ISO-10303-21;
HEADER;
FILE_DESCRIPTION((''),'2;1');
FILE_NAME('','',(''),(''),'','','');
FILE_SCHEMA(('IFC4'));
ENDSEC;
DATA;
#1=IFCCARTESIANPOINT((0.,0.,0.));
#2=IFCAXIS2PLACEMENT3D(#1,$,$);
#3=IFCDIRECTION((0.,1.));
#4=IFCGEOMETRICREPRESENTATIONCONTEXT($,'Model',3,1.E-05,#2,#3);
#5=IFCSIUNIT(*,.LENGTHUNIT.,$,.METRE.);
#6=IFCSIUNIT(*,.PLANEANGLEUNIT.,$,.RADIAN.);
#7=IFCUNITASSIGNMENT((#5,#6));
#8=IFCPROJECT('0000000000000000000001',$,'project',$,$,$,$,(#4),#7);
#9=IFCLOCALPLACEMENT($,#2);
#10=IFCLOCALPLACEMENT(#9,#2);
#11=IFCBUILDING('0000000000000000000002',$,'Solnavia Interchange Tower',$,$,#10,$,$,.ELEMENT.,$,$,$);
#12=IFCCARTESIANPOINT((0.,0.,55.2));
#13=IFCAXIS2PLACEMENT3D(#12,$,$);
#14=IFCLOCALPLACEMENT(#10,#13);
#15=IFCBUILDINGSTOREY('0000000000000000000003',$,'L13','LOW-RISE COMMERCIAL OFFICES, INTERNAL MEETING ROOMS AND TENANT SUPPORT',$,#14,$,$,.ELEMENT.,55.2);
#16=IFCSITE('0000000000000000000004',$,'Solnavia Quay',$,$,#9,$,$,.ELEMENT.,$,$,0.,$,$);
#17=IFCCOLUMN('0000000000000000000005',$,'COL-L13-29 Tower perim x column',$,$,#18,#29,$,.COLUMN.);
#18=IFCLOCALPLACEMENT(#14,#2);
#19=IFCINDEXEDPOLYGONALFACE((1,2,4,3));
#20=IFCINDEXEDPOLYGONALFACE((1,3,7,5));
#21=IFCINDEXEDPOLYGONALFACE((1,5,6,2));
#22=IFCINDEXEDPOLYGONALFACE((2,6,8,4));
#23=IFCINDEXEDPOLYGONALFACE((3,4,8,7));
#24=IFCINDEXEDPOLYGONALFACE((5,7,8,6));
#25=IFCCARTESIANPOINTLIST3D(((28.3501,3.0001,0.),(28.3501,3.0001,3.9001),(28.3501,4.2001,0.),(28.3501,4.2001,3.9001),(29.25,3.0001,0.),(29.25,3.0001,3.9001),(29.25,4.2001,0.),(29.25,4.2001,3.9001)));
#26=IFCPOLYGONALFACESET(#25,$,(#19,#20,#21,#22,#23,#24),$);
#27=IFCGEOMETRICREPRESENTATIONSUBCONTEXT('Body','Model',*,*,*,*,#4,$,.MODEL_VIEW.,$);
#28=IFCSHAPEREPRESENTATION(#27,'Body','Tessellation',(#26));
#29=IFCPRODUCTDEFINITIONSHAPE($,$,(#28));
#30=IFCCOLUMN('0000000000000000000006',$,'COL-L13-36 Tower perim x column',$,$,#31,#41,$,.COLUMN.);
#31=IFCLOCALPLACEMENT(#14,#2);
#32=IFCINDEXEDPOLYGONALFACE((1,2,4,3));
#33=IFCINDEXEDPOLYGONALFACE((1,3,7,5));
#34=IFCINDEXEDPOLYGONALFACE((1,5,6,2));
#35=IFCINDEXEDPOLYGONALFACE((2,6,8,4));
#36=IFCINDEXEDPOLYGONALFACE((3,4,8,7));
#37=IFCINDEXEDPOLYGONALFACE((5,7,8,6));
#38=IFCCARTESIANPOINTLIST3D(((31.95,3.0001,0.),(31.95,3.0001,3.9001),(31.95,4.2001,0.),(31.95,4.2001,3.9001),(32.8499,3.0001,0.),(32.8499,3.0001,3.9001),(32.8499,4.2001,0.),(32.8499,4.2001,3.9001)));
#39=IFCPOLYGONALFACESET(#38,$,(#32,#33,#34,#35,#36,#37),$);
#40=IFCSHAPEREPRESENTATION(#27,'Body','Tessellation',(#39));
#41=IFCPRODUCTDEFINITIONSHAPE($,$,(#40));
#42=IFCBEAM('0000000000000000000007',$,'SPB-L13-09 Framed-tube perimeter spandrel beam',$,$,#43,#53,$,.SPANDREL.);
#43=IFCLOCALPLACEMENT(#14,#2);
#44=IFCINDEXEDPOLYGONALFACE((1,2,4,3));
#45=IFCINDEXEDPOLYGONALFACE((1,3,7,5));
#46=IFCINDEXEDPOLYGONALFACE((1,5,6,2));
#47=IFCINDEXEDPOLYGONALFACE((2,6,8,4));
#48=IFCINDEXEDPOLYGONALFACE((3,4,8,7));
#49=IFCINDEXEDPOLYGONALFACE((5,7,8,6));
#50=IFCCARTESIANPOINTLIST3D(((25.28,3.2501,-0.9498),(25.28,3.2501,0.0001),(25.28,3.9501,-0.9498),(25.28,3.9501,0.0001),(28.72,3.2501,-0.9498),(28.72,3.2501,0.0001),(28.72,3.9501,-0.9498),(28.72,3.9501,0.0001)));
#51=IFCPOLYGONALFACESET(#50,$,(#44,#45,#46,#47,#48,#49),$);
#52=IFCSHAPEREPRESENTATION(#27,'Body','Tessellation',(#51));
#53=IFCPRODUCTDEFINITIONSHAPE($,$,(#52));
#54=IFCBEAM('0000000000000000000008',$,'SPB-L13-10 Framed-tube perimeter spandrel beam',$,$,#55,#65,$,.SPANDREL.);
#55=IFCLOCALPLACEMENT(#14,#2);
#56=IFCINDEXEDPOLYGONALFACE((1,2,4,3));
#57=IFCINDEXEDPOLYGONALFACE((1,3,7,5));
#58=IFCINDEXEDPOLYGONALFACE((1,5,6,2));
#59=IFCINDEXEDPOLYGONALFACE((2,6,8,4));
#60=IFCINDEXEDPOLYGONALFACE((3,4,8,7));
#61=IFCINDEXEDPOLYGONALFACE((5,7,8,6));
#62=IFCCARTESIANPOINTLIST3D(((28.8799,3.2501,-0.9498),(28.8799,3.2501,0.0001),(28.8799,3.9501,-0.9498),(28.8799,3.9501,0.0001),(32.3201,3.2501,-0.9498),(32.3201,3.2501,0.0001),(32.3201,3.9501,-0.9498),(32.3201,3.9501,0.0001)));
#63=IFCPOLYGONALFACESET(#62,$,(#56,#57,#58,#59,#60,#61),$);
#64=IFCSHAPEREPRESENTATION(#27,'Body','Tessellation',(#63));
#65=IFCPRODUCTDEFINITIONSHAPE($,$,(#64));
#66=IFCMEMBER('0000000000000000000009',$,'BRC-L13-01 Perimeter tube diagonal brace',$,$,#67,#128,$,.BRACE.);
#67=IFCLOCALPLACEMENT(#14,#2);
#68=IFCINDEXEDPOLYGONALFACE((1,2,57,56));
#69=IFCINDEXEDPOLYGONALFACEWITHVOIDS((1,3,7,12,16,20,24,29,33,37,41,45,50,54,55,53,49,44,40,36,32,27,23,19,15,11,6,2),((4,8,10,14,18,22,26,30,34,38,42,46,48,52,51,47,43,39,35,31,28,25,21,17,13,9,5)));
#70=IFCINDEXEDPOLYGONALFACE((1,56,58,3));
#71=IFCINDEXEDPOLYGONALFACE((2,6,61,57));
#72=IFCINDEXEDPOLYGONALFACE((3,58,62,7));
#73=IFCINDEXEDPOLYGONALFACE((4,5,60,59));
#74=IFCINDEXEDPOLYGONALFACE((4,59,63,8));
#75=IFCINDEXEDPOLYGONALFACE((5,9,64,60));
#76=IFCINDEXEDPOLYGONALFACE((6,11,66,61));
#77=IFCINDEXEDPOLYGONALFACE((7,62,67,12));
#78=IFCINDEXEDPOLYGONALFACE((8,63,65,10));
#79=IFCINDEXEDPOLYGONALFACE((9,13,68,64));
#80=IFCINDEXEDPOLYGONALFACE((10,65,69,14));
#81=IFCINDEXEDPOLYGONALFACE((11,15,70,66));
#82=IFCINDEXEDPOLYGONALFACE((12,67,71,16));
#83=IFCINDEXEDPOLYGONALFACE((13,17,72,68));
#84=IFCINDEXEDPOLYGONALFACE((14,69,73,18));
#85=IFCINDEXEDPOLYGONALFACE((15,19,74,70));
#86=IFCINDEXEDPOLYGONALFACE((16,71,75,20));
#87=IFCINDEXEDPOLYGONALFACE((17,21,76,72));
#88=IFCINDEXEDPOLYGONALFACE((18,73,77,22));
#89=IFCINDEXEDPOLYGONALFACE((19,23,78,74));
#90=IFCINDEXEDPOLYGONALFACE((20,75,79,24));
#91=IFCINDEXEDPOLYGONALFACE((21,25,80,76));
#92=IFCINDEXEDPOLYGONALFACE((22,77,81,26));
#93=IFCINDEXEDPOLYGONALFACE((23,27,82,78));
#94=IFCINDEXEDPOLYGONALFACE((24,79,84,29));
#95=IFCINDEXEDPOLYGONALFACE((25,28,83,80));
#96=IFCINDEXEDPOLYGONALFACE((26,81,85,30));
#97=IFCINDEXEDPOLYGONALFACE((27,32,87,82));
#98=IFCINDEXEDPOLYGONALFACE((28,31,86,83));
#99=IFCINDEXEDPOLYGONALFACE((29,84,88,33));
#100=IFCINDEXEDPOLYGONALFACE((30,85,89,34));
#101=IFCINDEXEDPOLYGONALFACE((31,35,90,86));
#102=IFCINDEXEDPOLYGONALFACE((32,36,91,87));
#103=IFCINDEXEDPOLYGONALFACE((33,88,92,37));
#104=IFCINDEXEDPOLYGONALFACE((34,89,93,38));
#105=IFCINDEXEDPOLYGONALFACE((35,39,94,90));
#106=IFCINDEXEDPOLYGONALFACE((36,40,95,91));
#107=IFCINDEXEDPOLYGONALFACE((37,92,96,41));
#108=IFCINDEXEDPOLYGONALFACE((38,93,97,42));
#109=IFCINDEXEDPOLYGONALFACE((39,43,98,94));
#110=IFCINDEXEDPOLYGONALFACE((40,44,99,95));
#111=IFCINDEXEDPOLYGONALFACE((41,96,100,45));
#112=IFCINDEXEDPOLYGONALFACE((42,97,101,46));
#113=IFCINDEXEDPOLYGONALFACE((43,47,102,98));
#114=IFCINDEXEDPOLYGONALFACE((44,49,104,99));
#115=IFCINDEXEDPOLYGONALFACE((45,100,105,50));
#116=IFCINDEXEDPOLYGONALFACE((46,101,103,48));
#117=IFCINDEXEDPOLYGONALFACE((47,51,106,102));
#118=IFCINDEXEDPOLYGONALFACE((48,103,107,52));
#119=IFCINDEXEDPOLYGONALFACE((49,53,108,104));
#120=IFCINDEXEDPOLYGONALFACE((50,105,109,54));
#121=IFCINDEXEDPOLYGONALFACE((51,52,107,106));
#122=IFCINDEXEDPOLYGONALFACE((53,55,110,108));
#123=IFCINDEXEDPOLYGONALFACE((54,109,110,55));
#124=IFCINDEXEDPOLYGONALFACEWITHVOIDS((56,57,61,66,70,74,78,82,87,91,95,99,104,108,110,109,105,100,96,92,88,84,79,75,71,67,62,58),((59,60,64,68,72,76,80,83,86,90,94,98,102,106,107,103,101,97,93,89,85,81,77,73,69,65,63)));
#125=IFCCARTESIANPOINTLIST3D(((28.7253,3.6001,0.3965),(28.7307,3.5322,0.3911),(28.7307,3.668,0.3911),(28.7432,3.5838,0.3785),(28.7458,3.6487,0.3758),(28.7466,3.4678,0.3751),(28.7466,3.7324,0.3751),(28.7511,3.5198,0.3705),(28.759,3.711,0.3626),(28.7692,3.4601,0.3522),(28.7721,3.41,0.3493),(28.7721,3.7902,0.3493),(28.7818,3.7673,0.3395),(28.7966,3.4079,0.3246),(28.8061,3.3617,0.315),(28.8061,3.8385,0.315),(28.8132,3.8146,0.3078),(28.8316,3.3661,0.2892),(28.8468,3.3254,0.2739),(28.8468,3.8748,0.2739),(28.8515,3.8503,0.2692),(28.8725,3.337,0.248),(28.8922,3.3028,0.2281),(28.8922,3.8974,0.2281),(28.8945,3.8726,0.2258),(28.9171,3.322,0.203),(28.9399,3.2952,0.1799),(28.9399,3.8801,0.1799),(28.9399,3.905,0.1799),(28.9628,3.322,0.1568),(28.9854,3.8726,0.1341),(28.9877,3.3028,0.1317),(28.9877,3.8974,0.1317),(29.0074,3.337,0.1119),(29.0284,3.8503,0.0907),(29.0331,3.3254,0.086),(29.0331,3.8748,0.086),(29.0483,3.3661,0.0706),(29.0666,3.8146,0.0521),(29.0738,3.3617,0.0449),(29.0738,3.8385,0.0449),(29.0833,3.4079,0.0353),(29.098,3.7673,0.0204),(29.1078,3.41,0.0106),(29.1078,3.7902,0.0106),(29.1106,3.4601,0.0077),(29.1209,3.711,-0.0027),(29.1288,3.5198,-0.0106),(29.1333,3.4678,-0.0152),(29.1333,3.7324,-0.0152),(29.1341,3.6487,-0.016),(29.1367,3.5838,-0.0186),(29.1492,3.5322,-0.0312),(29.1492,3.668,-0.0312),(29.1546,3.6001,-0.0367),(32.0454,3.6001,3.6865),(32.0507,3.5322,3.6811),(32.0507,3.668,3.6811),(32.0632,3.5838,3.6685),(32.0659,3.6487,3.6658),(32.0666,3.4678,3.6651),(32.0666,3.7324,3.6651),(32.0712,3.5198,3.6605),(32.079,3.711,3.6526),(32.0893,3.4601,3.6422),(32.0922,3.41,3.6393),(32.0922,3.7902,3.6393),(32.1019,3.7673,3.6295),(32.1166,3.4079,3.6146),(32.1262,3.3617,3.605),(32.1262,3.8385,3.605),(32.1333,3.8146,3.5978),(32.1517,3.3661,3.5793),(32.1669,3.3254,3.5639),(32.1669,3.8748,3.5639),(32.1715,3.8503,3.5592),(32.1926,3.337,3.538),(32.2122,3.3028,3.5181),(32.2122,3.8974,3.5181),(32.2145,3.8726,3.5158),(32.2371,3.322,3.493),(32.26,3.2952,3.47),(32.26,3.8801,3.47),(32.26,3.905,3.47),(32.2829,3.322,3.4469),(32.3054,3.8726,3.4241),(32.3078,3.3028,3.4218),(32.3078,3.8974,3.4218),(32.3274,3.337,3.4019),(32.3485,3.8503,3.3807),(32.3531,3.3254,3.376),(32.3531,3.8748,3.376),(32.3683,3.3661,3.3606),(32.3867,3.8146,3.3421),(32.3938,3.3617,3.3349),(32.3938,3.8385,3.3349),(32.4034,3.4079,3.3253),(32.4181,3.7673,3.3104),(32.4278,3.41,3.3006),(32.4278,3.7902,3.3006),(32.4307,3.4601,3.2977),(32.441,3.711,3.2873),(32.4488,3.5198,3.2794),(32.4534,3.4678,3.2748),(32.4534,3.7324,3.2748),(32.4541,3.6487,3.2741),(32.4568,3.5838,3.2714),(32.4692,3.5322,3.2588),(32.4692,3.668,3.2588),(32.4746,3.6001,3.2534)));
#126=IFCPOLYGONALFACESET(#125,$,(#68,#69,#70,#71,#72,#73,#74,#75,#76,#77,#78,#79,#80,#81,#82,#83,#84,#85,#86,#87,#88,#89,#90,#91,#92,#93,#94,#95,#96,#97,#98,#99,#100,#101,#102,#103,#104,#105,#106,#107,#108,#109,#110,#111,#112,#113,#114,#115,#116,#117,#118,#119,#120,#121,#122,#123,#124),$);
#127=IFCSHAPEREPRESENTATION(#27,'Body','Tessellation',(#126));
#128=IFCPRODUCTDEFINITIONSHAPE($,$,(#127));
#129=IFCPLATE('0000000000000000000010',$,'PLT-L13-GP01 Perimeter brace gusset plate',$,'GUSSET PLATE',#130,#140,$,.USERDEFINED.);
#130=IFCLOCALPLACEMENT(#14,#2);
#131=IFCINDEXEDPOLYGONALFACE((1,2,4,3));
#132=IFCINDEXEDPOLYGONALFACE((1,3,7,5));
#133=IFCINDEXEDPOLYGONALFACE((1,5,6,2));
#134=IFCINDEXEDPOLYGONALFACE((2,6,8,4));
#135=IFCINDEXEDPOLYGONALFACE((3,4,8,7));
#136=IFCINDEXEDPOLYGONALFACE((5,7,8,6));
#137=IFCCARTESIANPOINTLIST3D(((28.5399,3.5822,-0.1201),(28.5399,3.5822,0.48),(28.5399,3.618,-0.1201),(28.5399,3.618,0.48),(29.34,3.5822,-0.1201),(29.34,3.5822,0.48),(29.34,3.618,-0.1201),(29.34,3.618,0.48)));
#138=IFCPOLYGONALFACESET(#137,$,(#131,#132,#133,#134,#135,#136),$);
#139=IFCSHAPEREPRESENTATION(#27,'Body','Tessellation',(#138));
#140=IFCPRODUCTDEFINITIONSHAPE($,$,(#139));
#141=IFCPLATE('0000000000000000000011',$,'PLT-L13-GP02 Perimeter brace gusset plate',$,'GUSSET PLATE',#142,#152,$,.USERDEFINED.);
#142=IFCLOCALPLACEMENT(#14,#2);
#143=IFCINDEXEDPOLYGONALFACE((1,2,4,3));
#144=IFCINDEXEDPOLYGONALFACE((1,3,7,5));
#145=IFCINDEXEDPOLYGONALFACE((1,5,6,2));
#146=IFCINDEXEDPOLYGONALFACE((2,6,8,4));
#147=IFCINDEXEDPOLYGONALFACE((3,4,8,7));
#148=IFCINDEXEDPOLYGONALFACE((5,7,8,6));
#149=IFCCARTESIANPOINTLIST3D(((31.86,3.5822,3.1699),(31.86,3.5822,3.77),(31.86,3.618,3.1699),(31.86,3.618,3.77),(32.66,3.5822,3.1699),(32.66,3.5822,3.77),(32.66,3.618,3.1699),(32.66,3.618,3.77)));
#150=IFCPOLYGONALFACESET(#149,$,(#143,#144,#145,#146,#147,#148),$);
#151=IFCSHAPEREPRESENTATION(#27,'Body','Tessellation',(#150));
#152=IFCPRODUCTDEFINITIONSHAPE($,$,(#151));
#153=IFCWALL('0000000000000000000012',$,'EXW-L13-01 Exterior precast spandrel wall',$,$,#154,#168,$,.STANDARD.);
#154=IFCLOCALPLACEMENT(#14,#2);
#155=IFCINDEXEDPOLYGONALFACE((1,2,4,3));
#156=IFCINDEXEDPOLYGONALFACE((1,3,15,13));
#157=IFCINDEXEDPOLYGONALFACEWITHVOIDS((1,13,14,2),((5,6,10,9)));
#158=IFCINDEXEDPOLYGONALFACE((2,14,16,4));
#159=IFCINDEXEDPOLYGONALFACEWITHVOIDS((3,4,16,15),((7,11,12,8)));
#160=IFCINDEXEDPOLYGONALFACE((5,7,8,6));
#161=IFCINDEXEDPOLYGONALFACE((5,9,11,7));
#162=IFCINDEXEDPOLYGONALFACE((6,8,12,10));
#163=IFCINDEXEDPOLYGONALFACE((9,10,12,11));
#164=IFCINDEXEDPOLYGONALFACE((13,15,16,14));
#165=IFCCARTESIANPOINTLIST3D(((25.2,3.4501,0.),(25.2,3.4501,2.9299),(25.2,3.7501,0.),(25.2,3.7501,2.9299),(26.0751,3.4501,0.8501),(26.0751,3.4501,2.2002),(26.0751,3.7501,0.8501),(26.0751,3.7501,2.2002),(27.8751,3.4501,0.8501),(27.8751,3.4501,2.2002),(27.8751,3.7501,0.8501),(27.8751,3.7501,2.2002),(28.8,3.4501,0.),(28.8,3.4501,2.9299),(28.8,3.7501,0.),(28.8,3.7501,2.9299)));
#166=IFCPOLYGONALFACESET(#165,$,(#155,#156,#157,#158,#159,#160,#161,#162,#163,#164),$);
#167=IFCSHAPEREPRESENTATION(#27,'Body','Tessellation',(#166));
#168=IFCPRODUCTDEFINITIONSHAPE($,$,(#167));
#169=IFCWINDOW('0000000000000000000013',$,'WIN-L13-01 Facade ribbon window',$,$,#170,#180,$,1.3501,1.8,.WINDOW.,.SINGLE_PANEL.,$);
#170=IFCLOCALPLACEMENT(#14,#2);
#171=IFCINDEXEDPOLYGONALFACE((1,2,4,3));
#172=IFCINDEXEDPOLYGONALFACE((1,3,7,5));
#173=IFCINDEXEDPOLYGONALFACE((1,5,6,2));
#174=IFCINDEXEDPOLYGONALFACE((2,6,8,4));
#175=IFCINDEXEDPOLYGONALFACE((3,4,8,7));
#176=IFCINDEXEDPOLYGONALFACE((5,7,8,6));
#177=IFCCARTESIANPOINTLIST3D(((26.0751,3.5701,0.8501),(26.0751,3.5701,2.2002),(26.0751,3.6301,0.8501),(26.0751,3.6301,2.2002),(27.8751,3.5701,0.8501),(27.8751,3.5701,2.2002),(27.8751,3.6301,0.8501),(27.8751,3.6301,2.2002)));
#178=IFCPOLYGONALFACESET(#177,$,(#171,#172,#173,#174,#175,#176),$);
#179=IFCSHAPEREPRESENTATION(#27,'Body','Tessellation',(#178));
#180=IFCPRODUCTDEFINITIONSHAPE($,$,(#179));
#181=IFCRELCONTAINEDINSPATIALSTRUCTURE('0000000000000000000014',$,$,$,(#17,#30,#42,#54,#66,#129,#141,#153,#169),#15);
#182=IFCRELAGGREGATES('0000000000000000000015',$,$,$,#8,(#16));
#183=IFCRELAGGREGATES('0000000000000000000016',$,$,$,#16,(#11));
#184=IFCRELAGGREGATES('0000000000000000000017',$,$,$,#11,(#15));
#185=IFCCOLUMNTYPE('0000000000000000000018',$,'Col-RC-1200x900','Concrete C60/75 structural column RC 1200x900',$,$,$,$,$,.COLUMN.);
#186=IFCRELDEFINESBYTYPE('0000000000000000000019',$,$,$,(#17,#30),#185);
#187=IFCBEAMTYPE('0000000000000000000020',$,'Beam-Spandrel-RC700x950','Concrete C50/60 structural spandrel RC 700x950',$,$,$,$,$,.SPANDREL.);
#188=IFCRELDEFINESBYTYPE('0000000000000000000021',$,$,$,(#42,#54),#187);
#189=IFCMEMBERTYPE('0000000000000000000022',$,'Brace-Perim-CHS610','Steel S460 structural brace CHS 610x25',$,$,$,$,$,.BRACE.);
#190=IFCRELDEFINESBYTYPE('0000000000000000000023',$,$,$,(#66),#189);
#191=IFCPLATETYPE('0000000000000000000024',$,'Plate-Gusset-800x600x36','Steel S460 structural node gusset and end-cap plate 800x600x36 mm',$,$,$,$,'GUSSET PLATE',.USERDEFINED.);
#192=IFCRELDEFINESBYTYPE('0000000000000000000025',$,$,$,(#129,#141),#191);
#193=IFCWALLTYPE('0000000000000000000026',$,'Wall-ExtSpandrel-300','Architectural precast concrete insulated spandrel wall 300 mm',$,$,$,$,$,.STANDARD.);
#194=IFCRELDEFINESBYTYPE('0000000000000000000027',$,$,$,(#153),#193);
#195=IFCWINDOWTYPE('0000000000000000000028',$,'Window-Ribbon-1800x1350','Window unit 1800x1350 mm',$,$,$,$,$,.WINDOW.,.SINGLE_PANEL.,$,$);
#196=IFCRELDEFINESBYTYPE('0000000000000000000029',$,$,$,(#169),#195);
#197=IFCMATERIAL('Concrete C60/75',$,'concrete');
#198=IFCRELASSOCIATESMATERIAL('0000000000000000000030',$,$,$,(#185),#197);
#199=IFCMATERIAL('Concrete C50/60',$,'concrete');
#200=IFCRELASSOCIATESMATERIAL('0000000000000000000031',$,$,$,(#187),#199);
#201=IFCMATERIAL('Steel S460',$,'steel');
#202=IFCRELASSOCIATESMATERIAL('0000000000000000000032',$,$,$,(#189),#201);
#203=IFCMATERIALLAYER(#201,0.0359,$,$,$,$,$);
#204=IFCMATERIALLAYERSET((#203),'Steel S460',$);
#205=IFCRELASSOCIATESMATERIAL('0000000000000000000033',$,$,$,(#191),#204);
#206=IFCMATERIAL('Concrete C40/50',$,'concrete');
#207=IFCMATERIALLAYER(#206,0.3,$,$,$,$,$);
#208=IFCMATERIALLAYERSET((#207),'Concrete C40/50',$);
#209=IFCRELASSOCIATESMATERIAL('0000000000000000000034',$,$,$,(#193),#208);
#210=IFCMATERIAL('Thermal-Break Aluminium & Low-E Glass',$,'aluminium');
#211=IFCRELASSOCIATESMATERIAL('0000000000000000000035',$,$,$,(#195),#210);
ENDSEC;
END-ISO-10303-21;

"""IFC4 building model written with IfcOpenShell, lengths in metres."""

from ifc_helpers import new_model, si_unit, direction, frame, frame_2d, origin, origin_2d, place, context, subcontext, project, spatial, rectangle, hollow_circle, extrude, material, layer, layer_set, material_profile, profile_set, type_object, element, fill, save


model = new_model("IFC4")

# Units and contexts
model_context = context("Model", 3, precision=1e-05, world=origin(), true_north=direction((0.0, 1.0)))
body_context = subcontext(model_context, "Body", "Model", "MODEL_VIEW")
ifc_project = project(units=[si_unit("LENGTHUNIT", "METRE"), si_unit("PLANEANGLEUNIT", "RADIAN")], contexts=[model_context])

# Site, building, storey
site_placement = place(None, origin())
site = spatial("IfcSite", under=ifc_project, at=site_placement, Name="Solnavia Quay", CompositionType="ELEMENT", RefElevation=0.0)
building_placement = place(site_placement, origin())
building = spatial("IfcBuilding", under=site, at=building_placement, Name="Solnavia Interchange Tower", CompositionType="ELEMENT")
storey_placement = place(building_placement, frame((0.0, 0.0, 55.2)))
storey = spatial("IfcBuildingStorey", under=building, at=storey_placement, Name="L13", Description="LOW-RISE COMMERCIAL OFFICES, INTERNAL MEETING ROOMS AND TENANT SUPPORT", CompositionType="ELEMENT", Elevation=55.2)

# Columns
ifc_material_1 = material(Name="Concrete C60/75", Category="concrete")
ifc_material_profile_1 = material_profile(ifc_material_1, rectangle(XDim=0.8999, YDim=1.2, at=origin_2d()), Name="RC 1200x900")
ifc_profile_set_1 = profile_set([ifc_material_profile_1], Name="Concrete C60/75")
column_type = type_object("IfcColumnType", Name="Col-RC-1200x900", Description="Concrete C60/75 structural column RC 1200x900", PredefinedType="COLUMN", material=ifc_profile_set_1)
for number, where, z_axis, x_axis, name in (
    (1, (28.8, 3.6001, 0.0), (0.0, 0.0, 1.0), (1.0, 0.0, 0.0), "COL-L13-29 Tower perim x column"),
    (2, (32.3999, 3.6001, 0.0), (0.0, 0.0, 1.0), (1.0, 0.0, 0.0), "COL-L13-36 Tower perim x column"),
):
    element("IfcColumn", number, at=place(storey_placement, frame(where, z_axis=z_axis, x_axis=x_axis)), inside=storey, type_object=column_type, Name=name, PredefinedType="COLUMN", context=body_context, shape_type="SweptSolid", body=[
        extrude(rectangle(XDim=0.8999, YDim=1.2, at=origin_2d()), origin(), (0.0, 0.0, 1.0), 3.9001),
    ])

# Beams
ifc_material_2 = material(Name="Concrete C50/60", Category="concrete")
ifc_material_profile_2 = material_profile(ifc_material_2, rectangle(XDim=0.7, YDim=0.95, at=origin_2d()), Name="RC 700x950")
ifc_profile_set_2 = profile_set([ifc_material_profile_2], Name="Concrete C50/60")
beam_type = type_object("IfcBeamType", Name="Beam-Spandrel-RC700x950", Description="Concrete C50/60 structural spandrel RC 700x950", PredefinedType="SPANDREL", material=ifc_profile_set_2)
beam_1_placement = place(storey_placement, frame((25.28, 3.6001, -0.4749), z_axis=(1.0, 0.0, 0.0), x_axis=(0.0, 1.0, 0.0)))
element("IfcBeam", 3, at=beam_1_placement, inside=storey, type_object=beam_type, Name="SPB-L13-09 Framed-tube perimeter spandrel beam", PredefinedType="SPANDREL", context=body_context, shape_type="SweptSolid", body=[
    extrude(rectangle(XDim=0.7, YDim=0.95, at=origin_2d()), origin(), (0.0, 0.0, 1.0), 3.4399),
])
beam_2_placement = place(storey_placement, frame((28.8799, 3.6001, -0.4749), z_axis=(1.0, 0.0, 0.0), x_axis=(0.0, 1.0, 0.0)))
element("IfcBeam", 4, at=beam_2_placement, inside=storey, type_object=beam_type, Name="SPB-L13-10 Framed-tube perimeter spandrel beam", PredefinedType="SPANDREL", context=body_context, shape_type="SweptSolid", body=[
    extrude(rectangle(XDim=0.7, YDim=0.95, at=origin_2d()), origin(), (0.0, 0.0, 1.0), 3.4402),
])

# Member
ifc_material_3 = material(Name="Steel S460", Category="steel")
ifc_material_profile_3 = material_profile(ifc_material_3, hollow_circle(Radius=0.3049, WallThickness=0.0249, at=origin_2d()), Name="CHS 610x25")
ifc_profile_set_3 = profile_set([ifc_material_profile_3], Name="Steel S460")
member_type = type_object("IfcMemberType", Name="Brace-Perim-CHS610", Description="Steel S460 structural brace CHS 610x25", PredefinedType="BRACE", material=ifc_profile_set_3)
member_placement = place(storey_placement, frame((28.9399, 3.6001, 0.1799), z_axis=(0.710312, 0.0, 0.703887), x_axis=(0.0, 1.0, 0.0)))
element("IfcMember", 5, at=member_placement, inside=storey, type_object=member_type, Name="BRC-L13-01 Perimeter tube diagonal brace", PredefinedType="BRACE", context=body_context, shape_type="SweptSolid", body=[
    extrude(hollow_circle(Radius=0.3049, WallThickness=0.0249, at=origin_2d()), origin(), (0.0, 0.0, 1.0), 4.6741),
])

# Plates
ifc_layer_1 = layer(ifc_material_3, 0.0359)
ifc_layer_set_1 = layer_set([ifc_layer_1], Name="Steel S460")
plate_type = type_object("IfcPlateType", Name="Plate-Gusset-800x600x36", Description="Steel S460 structural node gusset and end-cap plate 800x600x36 mm", ElementType="GUSSET PLATE", PredefinedType="USERDEFINED", material=ifc_layer_set_1)
for number, where, z_axis, x_axis, name in (
    (6, (28.9399, 3.6001, -0.1201), (0.0, 0.0, 1.0), (1.0, 0.0, 0.0), "PLT-L13-GP01 Perimeter brace gusset plate"),
    (7, (32.26, 3.6001, 3.1699), (0.0, 0.0, 1.0), (1.0, 0.0, 0.0), "PLT-L13-GP02 Perimeter brace gusset plate"),
):
    element("IfcPlate", number, at=place(storey_placement, frame(where, z_axis=z_axis, x_axis=x_axis)), inside=storey, type_object=plate_type, Name=name, ObjectType="GUSSET PLATE", PredefinedType="USERDEFINED", context=body_context, shape_type="SweptSolid", body=[
        extrude(rectangle(XDim=0.8, YDim=0.0359, at=origin_2d()), origin(), (0.0, 0.0, 1.0), 0.6001),
    ])

# Wall, opening, window
ifc_material_4 = material(Name="Concrete C40/50", Category="concrete")
ifc_layer_2 = layer(ifc_material_4, 0.3)
ifc_layer_set_2 = layer_set([ifc_layer_2], Name="Concrete C40/50")
wall_type_1 = type_object("IfcWallType", Name="Wall-ExtSpandrel-300", Description="Architectural precast concrete insulated spandrel wall 300 mm", PredefinedType="STANDARD", material=ifc_layer_set_2)
wall_1_placement = place(storey_placement, frame((28.8, 3.6001, 0.0), z_axis=(0.0, 0.0, 1.0), x_axis=(-1.0, 0.0, 0.0)))
wall_1 = element("IfcWall", 8, at=wall_1_placement, inside=storey, type_object=wall_type_1, Name="EXW-L13-01 Exterior precast spandrel wall", PredefinedType="STANDARD", context=body_context, shape_type="SweptSolid", body=[
    extrude(rectangle(XDim=3.6001, YDim=0.3, at=frame_2d((1.8, 0.0))), origin(), (0.0, 0.0, 1.0), 2.9299),
])
opening_1_placement = place(wall_1_placement, frame((0.925, 0.0, 0.8501)))
opening_1 = element("IfcOpeningElement", 9, at=opening_1_placement, cuts=wall_1, PredefinedType="OPENING", context=body_context, shape_type="SweptSolid", body=[
    extrude(rectangle(XDim=1.8, YDim=1.3501, at=frame_2d((0.8999, 0.675))), frame((0.0, 0.1602, 0.0), z_axis=(0.0, -1.0, 0.0), x_axis=(1.0, 0.0, 0.0)), (0.0, 0.0, 1.0), 0.3201),
])
ifc_material_5 = material(Name="Thermal-Break Aluminium & Low-E Glass", Category="aluminium")
window_type_1 = type_object("IfcWindowType", Name="Window-Ribbon-1800x1350", Description="Window unit 1800x1350 mm", PartitioningType="SINGLE_PANEL", PredefinedType="WINDOW", material=ifc_material_5)
window_1_placement = place(opening_1_placement, origin())
window_1 = element("IfcWindow", 10, at=window_1_placement, inside=storey, type_object=window_type_1, Name="WIN-L13-01 Facade ribbon window", OverallHeight=1.3501, OverallWidth=1.8, PartitioningType="SINGLE_PANEL", PredefinedType="WINDOW", context=body_context, shape_type="SweptSolid", body=[
    extrude(rectangle(XDim=1.8, YDim=1.3501, at=frame_2d((0.8999, 0.675))), frame((0.0, 0.03, 0.0), z_axis=(0.0, -1.0, 0.0), x_axis=(1.0, 0.0, 0.0)), (0.0, 0.0, 1.0), 0.0601),
])
fill(opening_1, window_1)

save(model, "model.ifc")
